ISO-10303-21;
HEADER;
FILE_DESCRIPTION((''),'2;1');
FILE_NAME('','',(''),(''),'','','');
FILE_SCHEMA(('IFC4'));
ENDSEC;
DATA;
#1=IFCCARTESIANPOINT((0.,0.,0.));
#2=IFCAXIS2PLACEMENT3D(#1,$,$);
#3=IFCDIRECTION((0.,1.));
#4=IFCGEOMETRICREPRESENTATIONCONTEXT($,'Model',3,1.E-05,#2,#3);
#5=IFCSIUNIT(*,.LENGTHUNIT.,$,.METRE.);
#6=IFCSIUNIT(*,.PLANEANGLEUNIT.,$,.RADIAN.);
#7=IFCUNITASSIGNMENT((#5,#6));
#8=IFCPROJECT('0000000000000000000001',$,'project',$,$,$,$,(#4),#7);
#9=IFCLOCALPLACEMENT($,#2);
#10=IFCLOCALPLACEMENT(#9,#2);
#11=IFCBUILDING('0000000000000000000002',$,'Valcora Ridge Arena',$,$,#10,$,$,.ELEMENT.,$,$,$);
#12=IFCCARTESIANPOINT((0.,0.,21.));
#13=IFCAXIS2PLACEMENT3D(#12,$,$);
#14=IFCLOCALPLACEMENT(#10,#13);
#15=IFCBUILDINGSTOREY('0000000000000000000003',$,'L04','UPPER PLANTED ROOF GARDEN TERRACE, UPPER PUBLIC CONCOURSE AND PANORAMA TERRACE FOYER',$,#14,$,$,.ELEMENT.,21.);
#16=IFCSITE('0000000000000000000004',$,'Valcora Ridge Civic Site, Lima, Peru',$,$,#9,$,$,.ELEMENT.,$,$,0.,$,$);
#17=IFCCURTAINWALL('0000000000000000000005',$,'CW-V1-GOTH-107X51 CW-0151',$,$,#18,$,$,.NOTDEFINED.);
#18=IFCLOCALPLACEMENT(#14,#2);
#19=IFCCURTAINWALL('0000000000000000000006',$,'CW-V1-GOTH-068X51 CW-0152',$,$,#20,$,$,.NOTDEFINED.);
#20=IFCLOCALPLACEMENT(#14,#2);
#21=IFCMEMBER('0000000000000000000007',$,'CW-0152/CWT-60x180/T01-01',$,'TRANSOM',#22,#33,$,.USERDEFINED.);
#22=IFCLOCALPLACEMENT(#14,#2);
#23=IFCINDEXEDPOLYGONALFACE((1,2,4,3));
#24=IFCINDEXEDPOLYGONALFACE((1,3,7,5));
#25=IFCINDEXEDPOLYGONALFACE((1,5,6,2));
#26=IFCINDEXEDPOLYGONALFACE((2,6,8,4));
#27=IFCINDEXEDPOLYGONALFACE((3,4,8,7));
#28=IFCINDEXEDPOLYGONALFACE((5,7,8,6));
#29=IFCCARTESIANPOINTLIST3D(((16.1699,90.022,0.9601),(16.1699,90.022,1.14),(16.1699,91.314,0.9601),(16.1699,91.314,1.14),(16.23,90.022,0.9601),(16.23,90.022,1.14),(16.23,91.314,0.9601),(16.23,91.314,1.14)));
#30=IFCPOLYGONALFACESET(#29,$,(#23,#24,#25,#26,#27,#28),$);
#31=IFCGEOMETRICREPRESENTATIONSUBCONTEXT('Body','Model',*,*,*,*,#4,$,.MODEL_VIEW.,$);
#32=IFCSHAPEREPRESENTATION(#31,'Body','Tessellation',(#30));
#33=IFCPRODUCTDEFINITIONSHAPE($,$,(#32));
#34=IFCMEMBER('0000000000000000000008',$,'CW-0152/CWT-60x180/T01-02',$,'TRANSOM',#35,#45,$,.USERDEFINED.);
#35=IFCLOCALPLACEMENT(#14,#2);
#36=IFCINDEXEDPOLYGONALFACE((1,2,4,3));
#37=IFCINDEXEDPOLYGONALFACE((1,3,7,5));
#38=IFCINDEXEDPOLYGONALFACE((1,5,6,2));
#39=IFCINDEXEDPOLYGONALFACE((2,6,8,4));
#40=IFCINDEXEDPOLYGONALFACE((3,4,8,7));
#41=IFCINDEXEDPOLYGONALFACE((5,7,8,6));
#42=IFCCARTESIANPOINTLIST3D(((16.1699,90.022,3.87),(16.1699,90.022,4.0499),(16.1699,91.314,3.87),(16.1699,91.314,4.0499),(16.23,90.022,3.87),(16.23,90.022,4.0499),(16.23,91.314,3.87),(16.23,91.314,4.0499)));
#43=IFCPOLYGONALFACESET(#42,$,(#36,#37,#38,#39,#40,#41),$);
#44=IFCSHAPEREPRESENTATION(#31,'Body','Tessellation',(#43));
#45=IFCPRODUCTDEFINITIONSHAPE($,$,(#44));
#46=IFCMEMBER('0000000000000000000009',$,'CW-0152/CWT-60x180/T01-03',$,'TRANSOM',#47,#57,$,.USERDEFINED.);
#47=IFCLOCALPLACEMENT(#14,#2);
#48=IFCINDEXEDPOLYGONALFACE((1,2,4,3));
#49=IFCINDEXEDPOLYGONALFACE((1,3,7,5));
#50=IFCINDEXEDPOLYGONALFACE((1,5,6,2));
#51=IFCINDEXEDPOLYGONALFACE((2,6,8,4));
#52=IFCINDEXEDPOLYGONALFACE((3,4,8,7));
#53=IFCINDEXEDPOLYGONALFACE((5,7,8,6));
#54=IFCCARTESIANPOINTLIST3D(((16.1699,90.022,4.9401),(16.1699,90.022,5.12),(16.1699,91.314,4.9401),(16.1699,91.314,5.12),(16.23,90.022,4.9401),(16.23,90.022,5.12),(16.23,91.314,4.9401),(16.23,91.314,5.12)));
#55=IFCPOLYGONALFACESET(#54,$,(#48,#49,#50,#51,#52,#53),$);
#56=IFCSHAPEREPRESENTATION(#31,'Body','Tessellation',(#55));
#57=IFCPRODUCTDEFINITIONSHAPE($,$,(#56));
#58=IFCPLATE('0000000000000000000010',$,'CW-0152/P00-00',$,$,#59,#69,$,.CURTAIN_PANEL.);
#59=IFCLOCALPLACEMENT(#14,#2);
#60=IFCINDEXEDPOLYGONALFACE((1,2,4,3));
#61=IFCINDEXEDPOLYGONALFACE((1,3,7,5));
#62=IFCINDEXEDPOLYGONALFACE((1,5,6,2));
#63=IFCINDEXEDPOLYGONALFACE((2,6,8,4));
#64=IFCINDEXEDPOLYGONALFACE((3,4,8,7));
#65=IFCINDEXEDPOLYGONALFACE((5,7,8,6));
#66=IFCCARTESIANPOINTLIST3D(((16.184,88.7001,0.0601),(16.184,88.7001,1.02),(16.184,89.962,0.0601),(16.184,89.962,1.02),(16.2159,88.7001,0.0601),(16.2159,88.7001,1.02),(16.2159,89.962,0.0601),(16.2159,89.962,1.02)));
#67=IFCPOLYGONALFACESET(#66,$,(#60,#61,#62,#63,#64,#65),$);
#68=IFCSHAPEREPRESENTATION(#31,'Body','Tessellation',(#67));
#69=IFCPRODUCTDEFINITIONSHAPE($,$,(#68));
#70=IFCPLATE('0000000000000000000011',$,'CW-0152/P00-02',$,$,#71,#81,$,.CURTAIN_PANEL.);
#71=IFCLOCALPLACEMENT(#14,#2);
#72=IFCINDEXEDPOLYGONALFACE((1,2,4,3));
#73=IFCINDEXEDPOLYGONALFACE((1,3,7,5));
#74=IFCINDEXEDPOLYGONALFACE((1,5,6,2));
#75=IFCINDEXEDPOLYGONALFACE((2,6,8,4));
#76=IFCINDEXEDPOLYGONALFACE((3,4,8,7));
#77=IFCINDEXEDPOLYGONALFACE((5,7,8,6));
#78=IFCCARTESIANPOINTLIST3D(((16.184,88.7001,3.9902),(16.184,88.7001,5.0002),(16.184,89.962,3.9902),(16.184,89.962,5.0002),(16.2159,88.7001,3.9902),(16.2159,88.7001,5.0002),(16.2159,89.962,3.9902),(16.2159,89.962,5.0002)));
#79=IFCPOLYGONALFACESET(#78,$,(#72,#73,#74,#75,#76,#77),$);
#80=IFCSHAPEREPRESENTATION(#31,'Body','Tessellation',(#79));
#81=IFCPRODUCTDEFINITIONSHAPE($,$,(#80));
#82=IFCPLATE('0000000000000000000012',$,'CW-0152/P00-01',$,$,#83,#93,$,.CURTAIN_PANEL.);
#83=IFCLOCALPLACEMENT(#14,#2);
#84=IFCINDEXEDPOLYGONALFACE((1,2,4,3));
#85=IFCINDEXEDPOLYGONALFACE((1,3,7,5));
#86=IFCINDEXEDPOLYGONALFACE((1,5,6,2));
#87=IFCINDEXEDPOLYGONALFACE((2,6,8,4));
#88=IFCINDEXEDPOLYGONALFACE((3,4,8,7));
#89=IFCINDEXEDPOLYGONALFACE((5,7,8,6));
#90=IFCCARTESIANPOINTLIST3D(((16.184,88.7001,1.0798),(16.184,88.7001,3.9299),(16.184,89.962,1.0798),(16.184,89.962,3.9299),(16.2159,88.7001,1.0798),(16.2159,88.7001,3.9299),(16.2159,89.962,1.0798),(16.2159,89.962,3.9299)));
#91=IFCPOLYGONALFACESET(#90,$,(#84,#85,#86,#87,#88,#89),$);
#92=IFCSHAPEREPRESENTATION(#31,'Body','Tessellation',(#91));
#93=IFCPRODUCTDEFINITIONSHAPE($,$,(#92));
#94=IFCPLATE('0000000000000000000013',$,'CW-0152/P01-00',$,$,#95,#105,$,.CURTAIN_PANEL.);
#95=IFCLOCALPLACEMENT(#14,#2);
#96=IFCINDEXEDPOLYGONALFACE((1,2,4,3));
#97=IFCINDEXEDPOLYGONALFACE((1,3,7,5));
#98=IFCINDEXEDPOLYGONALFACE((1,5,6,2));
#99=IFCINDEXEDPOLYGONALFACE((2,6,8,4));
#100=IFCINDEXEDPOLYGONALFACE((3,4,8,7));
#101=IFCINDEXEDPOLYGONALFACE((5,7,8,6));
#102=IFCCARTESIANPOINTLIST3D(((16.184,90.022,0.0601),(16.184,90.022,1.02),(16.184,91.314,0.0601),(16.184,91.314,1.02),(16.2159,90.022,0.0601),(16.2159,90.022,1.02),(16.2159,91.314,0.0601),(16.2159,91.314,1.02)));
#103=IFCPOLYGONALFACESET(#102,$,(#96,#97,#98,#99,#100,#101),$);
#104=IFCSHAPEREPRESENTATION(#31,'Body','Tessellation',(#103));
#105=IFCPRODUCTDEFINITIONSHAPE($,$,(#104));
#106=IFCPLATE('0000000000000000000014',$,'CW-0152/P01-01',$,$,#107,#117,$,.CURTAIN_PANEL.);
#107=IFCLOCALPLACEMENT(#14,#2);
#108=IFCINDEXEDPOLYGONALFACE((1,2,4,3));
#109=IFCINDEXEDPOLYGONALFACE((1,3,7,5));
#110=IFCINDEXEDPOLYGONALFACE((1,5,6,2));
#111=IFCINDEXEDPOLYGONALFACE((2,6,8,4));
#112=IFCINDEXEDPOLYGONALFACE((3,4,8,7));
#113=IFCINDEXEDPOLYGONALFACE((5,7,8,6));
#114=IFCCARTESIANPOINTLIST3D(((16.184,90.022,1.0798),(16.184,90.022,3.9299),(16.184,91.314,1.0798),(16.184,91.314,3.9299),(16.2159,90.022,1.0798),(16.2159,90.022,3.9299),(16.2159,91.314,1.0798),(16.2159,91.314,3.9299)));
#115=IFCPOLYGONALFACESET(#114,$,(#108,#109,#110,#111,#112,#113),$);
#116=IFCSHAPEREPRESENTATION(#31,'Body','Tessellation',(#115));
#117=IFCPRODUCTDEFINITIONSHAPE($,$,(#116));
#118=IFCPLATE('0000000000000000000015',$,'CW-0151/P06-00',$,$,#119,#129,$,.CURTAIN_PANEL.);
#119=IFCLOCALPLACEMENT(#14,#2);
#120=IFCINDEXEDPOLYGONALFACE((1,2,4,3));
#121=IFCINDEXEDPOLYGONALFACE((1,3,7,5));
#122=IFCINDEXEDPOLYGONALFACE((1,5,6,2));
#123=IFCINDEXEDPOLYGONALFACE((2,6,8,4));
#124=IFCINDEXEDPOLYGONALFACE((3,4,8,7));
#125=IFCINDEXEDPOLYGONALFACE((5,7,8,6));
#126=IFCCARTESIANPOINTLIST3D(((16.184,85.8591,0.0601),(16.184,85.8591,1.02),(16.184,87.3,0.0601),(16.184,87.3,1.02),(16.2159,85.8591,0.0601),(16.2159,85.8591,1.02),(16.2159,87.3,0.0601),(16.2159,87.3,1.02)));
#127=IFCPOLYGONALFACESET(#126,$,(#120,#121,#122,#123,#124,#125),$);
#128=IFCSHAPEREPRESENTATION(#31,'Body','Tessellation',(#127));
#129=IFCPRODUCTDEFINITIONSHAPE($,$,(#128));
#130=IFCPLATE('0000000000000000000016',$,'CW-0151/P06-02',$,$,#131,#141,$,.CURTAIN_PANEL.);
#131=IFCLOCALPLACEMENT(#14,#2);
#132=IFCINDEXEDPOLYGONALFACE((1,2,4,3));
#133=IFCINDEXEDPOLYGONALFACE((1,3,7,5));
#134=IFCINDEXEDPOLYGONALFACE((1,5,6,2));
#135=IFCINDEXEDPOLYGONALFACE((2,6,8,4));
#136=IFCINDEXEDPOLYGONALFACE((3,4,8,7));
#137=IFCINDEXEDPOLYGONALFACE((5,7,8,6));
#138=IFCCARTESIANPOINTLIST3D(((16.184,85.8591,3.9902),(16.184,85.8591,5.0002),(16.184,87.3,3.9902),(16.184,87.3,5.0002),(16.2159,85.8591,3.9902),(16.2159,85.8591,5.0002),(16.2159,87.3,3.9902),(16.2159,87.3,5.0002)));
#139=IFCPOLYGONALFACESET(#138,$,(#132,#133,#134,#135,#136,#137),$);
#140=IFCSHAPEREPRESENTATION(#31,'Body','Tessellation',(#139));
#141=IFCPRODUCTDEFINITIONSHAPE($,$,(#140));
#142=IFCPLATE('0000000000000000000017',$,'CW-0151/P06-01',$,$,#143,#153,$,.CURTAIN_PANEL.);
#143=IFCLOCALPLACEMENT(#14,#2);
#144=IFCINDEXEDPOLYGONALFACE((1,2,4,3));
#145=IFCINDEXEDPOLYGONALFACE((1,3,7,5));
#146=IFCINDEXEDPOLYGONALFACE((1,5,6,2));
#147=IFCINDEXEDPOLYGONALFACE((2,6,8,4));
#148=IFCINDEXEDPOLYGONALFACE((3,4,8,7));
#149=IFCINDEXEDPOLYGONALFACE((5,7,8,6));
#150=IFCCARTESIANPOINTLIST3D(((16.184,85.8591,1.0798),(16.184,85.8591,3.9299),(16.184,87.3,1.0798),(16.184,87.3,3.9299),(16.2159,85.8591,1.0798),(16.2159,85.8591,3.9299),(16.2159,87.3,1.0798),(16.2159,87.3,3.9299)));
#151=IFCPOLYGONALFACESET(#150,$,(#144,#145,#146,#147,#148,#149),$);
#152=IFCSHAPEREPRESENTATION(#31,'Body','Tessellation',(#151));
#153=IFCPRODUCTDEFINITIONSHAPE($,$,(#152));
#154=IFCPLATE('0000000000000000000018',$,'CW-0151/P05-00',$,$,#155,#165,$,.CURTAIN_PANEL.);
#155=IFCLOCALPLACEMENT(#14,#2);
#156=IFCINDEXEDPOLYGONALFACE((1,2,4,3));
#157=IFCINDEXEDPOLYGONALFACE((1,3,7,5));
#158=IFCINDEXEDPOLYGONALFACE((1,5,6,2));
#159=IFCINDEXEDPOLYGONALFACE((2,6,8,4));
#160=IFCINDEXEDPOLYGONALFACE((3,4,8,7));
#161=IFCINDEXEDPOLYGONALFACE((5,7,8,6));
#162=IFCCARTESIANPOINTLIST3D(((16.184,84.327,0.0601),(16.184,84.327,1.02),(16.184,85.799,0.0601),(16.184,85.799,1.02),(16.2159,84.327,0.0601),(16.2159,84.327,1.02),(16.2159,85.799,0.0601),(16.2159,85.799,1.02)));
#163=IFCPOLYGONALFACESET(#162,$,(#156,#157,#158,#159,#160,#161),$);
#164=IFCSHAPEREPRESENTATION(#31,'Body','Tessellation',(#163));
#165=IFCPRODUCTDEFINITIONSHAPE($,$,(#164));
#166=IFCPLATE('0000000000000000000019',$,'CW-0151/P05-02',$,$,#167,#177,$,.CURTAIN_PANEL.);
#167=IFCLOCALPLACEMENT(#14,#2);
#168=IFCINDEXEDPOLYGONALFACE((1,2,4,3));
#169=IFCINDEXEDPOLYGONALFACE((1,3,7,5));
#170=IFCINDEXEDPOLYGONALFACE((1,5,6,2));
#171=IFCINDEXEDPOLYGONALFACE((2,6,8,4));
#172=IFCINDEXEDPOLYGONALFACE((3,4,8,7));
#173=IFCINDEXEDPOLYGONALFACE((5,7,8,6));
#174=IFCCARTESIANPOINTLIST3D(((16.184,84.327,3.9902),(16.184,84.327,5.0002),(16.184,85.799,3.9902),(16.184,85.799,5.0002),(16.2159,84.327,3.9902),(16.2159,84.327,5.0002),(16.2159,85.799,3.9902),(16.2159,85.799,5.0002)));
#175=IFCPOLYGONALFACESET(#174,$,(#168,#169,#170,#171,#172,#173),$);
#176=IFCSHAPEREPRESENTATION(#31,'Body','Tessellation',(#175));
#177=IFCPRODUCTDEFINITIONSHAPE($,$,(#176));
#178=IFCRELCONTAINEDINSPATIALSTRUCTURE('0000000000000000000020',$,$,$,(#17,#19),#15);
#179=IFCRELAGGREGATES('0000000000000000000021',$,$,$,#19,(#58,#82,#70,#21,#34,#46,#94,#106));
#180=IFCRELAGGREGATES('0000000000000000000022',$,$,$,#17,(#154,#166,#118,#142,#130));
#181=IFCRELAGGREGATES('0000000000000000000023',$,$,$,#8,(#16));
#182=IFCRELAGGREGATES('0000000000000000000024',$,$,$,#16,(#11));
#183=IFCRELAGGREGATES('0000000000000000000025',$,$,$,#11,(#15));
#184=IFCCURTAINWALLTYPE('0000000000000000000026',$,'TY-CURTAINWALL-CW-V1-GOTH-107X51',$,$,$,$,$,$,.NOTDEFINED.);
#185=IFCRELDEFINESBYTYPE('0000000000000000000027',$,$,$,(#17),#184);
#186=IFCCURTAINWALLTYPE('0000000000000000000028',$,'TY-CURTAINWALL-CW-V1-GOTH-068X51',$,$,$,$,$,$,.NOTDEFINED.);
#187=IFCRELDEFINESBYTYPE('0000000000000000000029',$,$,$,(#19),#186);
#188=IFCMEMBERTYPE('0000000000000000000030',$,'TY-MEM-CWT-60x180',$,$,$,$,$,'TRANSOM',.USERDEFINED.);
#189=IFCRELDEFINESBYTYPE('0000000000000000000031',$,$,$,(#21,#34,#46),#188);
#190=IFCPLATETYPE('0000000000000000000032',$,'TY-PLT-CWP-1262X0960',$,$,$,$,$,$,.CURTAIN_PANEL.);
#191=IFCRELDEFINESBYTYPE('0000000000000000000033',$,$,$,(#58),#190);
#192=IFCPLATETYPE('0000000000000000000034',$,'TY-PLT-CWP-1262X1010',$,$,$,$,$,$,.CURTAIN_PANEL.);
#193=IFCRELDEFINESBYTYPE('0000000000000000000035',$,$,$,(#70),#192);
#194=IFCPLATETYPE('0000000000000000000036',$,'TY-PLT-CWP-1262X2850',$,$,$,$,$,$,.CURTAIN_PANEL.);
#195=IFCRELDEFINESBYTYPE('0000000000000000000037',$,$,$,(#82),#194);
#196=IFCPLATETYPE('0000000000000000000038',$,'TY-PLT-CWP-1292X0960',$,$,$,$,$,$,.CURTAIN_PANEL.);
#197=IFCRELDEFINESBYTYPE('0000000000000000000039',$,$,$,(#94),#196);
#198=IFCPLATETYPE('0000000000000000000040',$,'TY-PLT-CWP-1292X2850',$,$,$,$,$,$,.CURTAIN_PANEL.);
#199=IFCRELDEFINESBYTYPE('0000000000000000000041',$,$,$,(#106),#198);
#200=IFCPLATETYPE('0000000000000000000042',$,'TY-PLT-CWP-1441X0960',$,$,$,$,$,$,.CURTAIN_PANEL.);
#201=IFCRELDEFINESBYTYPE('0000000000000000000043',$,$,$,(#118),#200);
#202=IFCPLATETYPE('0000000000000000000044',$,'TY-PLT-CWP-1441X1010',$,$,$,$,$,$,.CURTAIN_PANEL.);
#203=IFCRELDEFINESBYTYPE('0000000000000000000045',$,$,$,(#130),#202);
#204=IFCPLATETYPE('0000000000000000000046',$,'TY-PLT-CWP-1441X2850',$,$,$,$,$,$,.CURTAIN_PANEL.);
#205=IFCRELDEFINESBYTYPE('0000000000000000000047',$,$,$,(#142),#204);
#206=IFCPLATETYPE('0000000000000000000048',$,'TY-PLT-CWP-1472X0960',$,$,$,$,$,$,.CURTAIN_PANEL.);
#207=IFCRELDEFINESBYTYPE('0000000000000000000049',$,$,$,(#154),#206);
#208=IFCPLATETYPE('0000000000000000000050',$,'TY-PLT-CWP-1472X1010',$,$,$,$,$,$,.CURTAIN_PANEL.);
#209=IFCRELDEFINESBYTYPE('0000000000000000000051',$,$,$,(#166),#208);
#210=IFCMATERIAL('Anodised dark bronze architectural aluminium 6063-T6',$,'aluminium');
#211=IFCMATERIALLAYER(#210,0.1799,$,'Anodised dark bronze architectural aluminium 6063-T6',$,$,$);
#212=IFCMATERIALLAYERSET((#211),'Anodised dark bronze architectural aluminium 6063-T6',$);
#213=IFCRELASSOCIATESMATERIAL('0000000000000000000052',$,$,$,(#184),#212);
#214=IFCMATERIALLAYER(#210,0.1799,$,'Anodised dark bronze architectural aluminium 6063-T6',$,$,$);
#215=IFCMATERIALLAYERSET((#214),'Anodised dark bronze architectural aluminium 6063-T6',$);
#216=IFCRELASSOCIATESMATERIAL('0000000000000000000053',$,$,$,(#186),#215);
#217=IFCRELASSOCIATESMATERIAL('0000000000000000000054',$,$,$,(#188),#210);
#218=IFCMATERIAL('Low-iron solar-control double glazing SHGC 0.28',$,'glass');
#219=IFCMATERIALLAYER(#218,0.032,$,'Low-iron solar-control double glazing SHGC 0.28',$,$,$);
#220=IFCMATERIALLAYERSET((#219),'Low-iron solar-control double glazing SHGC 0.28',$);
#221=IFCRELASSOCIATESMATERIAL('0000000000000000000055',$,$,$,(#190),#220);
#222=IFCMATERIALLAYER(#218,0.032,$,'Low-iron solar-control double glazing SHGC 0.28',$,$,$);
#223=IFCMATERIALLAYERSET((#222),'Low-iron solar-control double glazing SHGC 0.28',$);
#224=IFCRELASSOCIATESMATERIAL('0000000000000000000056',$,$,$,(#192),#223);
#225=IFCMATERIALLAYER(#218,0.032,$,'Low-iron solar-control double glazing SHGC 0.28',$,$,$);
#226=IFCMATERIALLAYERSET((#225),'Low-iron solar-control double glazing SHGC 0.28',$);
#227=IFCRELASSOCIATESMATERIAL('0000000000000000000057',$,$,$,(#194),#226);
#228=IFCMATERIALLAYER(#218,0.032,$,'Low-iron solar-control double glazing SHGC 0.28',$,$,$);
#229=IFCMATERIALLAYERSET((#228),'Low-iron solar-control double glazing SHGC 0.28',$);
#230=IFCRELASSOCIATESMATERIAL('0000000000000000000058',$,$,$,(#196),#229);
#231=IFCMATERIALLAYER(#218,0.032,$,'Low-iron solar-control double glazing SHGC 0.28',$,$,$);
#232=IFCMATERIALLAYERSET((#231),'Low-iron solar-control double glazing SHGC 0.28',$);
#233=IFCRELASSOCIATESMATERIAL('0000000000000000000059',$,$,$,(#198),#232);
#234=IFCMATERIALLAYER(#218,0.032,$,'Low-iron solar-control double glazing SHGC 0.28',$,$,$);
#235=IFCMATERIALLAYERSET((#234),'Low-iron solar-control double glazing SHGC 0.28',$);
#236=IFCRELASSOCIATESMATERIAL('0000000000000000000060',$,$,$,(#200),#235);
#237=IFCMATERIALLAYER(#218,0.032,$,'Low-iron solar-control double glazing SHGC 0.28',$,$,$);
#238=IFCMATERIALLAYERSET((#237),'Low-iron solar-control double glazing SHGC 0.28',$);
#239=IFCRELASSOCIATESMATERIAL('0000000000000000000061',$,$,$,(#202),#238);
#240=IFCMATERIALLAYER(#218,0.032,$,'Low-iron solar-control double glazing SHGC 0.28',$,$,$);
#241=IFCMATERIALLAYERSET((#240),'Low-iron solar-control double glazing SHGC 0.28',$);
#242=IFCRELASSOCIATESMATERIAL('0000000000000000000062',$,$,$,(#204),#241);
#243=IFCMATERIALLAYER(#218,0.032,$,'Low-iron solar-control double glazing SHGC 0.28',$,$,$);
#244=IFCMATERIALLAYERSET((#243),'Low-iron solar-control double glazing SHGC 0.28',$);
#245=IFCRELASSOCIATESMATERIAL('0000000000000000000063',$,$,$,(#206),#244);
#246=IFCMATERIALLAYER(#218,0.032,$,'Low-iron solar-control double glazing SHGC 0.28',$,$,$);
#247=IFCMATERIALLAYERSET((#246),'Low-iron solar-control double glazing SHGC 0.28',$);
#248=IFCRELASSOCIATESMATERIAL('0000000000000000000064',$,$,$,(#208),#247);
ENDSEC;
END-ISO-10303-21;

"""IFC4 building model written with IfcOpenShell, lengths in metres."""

from ifc_helpers import new_model, si_unit, direction, frame, origin, origin_2d, place, context, subcontext, project, spatial, rectangle, extrude, material, layer, layer_set, material_profile, profile_set, type_object, element, aggregate, save


model = new_model("IFC4")

# Units and contexts
model_context = context("Model", 3, precision=1e-05, world=origin(), true_north=direction((0.0, 1.0)))
body_context = subcontext(model_context, "Body", "Model", "MODEL_VIEW")
ifc_project = project(units=[si_unit("LENGTHUNIT", "METRE"), si_unit("PLANEANGLEUNIT", "RADIAN")], contexts=[model_context])

# Site, building, storey
site_placement = place(None, origin())
site = spatial("IfcSite", under=ifc_project, at=site_placement, Name="Valcora Ridge Civic Site, Lima, Peru", CompositionType="ELEMENT", RefElevation=0.0)
building_placement = place(site_placement, origin())
building = spatial("IfcBuilding", under=site, at=building_placement, Name="Valcora Ridge Arena", CompositionType="ELEMENT")
storey_placement = place(building_placement, frame((0.0, 0.0, 21.0)))
storey = spatial("IfcBuildingStorey", under=building, at=storey_placement, Name="L04", Description="UPPER PLANTED ROOF GARDEN TERRACE, UPPER PUBLIC CONCOURSE AND PANORAMA TERRACE FOYER", CompositionType="ELEMENT", Elevation=21.0)

# Curtain walls
ifc_material_1 = material(Name="Anodised dark bronze architectural aluminium 6063-T6", Category="aluminium")
ifc_layer_1 = layer(ifc_material_1, 0.1799, Name="Anodised dark bronze architectural aluminium 6063-T6")
ifc_layer_set_1 = layer_set([ifc_layer_1], Name="Anodised dark bronze architectural aluminium 6063-T6")
curtain_wall_type_1 = type_object("IfcCurtainWallType", Name="TY-CURTAINWALL-CW-V1-GOTH-107X51", PredefinedType="NOTDEFINED", material=ifc_layer_set_1)
curtain_wall_1_placement = place(storey_placement, origin())
curtain_wall_1 = element("IfcCurtainWall", 1, at=curtain_wall_1_placement, inside=storey, type_object=curtain_wall_type_1, Name="CW-V1-GOTH-107X51 CW-0151", PredefinedType="NOTDEFINED")
ifc_layer_2 = layer(ifc_material_1, 0.1799, Name="Anodised dark bronze architectural aluminium 6063-T6")
ifc_layer_set_2 = layer_set([ifc_layer_2], Name="Anodised dark bronze architectural aluminium 6063-T6")
curtain_wall_type_2 = type_object("IfcCurtainWallType", Name="TY-CURTAINWALL-CW-V1-GOTH-068X51", PredefinedType="NOTDEFINED", material=ifc_layer_set_2)
curtain_wall_2_placement = place(storey_placement, origin())
curtain_wall_2 = element("IfcCurtainWall", 2, at=curtain_wall_2_placement, inside=storey, type_object=curtain_wall_type_2, Name="CW-V1-GOTH-068X51 CW-0152", PredefinedType="NOTDEFINED")

# Members
ifc_material_profile_1 = material_profile(ifc_material_1, rectangle(XDim=0.0601, YDim=0.1799, at=origin_2d()), Name="ALU TRANSOM 60x180")
ifc_profile_set_1 = profile_set([ifc_material_profile_1], Name="Anodised dark bronze architectural aluminium 6063-T6")
member_type_1 = type_object("IfcMemberType", Name="TY-MEM-CWT-60x180", ElementType="TRANSOM", PredefinedType="USERDEFINED", material=ifc_profile_set_1)
member_1_placement = place(storey_placement, frame((16.2, 90.022, 1.05), z_axis=(0.0, 1.0, 0.0), x_axis=(-1.0, 0.0, 0.0)))
member_1 = element("IfcMember", 3, at=member_1_placement, type_object=member_type_1, Name="CW-0152/CWT-60x180/T01-01", ObjectType="TRANSOM", PredefinedType="USERDEFINED", context=body_context, shape_type="SweptSolid", body=[
    extrude(rectangle(XDim=0.0601, YDim=0.1799, at=origin_2d()), origin(), (0.0, 0.0, 1.0), 1.292),
])
member_2_placement = place(storey_placement, frame((16.2, 90.022, 3.96), z_axis=(0.0, 1.0, 0.0), x_axis=(-1.0, 0.0, 0.0)))
member_2 = element("IfcMember", 4, at=member_2_placement, type_object=member_type_1, Name="CW-0152/CWT-60x180/T01-02", ObjectType="TRANSOM", PredefinedType="USERDEFINED", context=body_context, shape_type="SweptSolid", body=[
    extrude(rectangle(XDim=0.0601, YDim=0.1799, at=origin_2d()), origin(), (0.0, 0.0, 1.0), 1.292),
])
member_3_placement = place(storey_placement, frame((16.2, 90.022, 5.03), z_axis=(0.0, 1.0, 0.0), x_axis=(-1.0, 0.0, 0.0)))
member_3 = element("IfcMember", 5, at=member_3_placement, type_object=member_type_1, Name="CW-0152/CWT-60x180/T01-03", ObjectType="TRANSOM", PredefinedType="USERDEFINED", context=body_context, shape_type="SweptSolid", body=[
    extrude(rectangle(XDim=0.0601, YDim=0.1799, at=origin_2d()), origin(), (0.0, 0.0, 1.0), 1.292),
])

# Plates
ifc_material_2 = material(Name="Low-iron solar-control double glazing SHGC 0.28", Category="glass")
ifc_layer_3 = layer(ifc_material_2, 0.032, Name="Low-iron solar-control double glazing SHGC 0.28")
ifc_layer_set_3 = layer_set([ifc_layer_3], Name="Low-iron solar-control double glazing SHGC 0.28")
plate_type_1 = type_object("IfcPlateType", Name="TY-PLT-CWP-1262X0960", PredefinedType="CURTAIN_PANEL", material=ifc_layer_set_3)
plate_1_placement = place(storey_placement, frame((16.2, 89.3311, 0.0601), z_axis=(0.0, 0.0, 1.0), x_axis=(0.0, 1.0, 0.0)))
plate_1 = element("IfcPlate", 6, at=plate_1_placement, type_object=plate_type_1, Name="CW-0152/P00-00", PredefinedType="CURTAIN_PANEL", context=body_context, shape_type="SweptSolid", body=[
    extrude(rectangle(XDim=1.262, YDim=0.032, at=origin_2d()), origin(), (0.0, 0.0, 1.0), 0.96),
])
ifc_layer_4 = layer(ifc_material_2, 0.032, Name="Low-iron solar-control double glazing SHGC 0.28")
ifc_layer_set_4 = layer_set([ifc_layer_4], Name="Low-iron solar-control double glazing SHGC 0.28")
plate_type_2 = type_object("IfcPlateType", Name="TY-PLT-CWP-1262X1010", PredefinedType="CURTAIN_PANEL", material=ifc_layer_set_4)
plate_2_placement = place(storey_placement, frame((16.2, 89.3311, 3.9902), z_axis=(0.0, 0.0, 1.0), x_axis=(0.0, 1.0, 0.0)))
plate_2 = element("IfcPlate", 7, at=plate_2_placement, type_object=plate_type_2, Name="CW-0152/P00-02", PredefinedType="CURTAIN_PANEL", context=body_context, shape_type="SweptSolid", body=[
    extrude(rectangle(XDim=1.262, YDim=0.032, at=origin_2d()), origin(), (0.0, 0.0, 1.0), 1.01),
])
ifc_layer_5 = layer(ifc_material_2, 0.032, Name="Low-iron solar-control double glazing SHGC 0.28")
ifc_layer_set_5 = layer_set([ifc_layer_5], Name="Low-iron solar-control double glazing SHGC 0.28")
plate_type_3 = type_object("IfcPlateType", Name="TY-PLT-CWP-1262X2850", PredefinedType="CURTAIN_PANEL", material=ifc_layer_set_5)
plate_3_placement = place(storey_placement, frame((16.2, 89.3311, 1.0798), z_axis=(0.0, 0.0, 1.0), x_axis=(0.0, 1.0, 0.0)))
plate_3 = element("IfcPlate", 8, at=plate_3_placement, type_object=plate_type_3, Name="CW-0152/P00-01", PredefinedType="CURTAIN_PANEL", context=body_context, shape_type="SweptSolid", body=[
    extrude(rectangle(XDim=1.262, YDim=0.032, at=origin_2d()), origin(), (0.0, 0.0, 1.0), 2.8501),
])
ifc_layer_6 = layer(ifc_material_2, 0.032, Name="Low-iron solar-control double glazing SHGC 0.28")
ifc_layer_set_6 = layer_set([ifc_layer_6], Name="Low-iron solar-control double glazing SHGC 0.28")
plate_type_4 = type_object("IfcPlateType", Name="TY-PLT-CWP-1292X0960", PredefinedType="CURTAIN_PANEL", material=ifc_layer_set_6)
plate_4_placement = place(storey_placement, frame((16.2, 90.668, 0.0601), z_axis=(0.0, 0.0, 1.0), x_axis=(0.0, 1.0, 0.0)))
plate_4 = element("IfcPlate", 9, at=plate_4_placement, type_object=plate_type_4, Name="CW-0152/P01-00", PredefinedType="CURTAIN_PANEL", context=body_context, shape_type="SweptSolid", body=[
    extrude(rectangle(XDim=1.292, YDim=0.032, at=origin_2d()), origin(), (0.0, 0.0, 1.0), 0.96),
])
ifc_layer_7 = layer(ifc_material_2, 0.032, Name="Low-iron solar-control double glazing SHGC 0.28")
ifc_layer_set_7 = layer_set([ifc_layer_7], Name="Low-iron solar-control double glazing SHGC 0.28")
plate_type_5 = type_object("IfcPlateType", Name="TY-PLT-CWP-1292X2850", PredefinedType="CURTAIN_PANEL", material=ifc_layer_set_7)
plate_5_placement = place(storey_placement, frame((16.2, 90.668, 1.0798), z_axis=(0.0, 0.0, 1.0), x_axis=(0.0, 1.0, 0.0)))
plate_5 = element("IfcPlate", 10, at=plate_5_placement, type_object=plate_type_5, Name="CW-0152/P01-01", PredefinedType="CURTAIN_PANEL", context=body_context, shape_type="SweptSolid", body=[
    extrude(rectangle(XDim=1.292, YDim=0.032, at=origin_2d()), origin(), (0.0, 0.0, 1.0), 2.8501),
])
aggregate(curtain_wall_2, [plate_1, plate_3, plate_2, member_1, member_2, member_3, plate_4, plate_5])
ifc_layer_8 = layer(ifc_material_2, 0.032, Name="Low-iron solar-control double glazing SHGC 0.28")
ifc_layer_set_8 = layer_set([ifc_layer_8], Name="Low-iron solar-control double glazing SHGC 0.28")
plate_type_6 = type_object("IfcPlateType", Name="TY-PLT-CWP-1441X0960", PredefinedType="CURTAIN_PANEL", material=ifc_layer_set_8)
plate_6_placement = place(storey_placement, frame((16.2, 86.5796, 0.0601), z_axis=(0.0, 0.0, 1.0), x_axis=(0.0, 1.0, 0.0)))
plate_6 = element("IfcPlate", 11, at=plate_6_placement, type_object=plate_type_6, Name="CW-0151/P06-00", PredefinedType="CURTAIN_PANEL", context=body_context, shape_type="SweptSolid", body=[
    extrude(rectangle(XDim=1.4409, YDim=0.032, at=origin_2d()), origin(), (0.0, 0.0, 1.0), 0.96),
])
ifc_layer_9 = layer(ifc_material_2, 0.032, Name="Low-iron solar-control double glazing SHGC 0.28")
ifc_layer_set_9 = layer_set([ifc_layer_9], Name="Low-iron solar-control double glazing SHGC 0.28")
plate_type_7 = type_object("IfcPlateType", Name="TY-PLT-CWP-1441X1010", PredefinedType="CURTAIN_PANEL", material=ifc_layer_set_9)
plate_7_placement = place(storey_placement, frame((16.2, 86.5796, 3.9902), z_axis=(0.0, 0.0, 1.0), x_axis=(0.0, 1.0, 0.0)))
plate_7 = element("IfcPlate", 12, at=plate_7_placement, type_object=plate_type_7, Name="CW-0151/P06-02", PredefinedType="CURTAIN_PANEL", context=body_context, shape_type="SweptSolid", body=[
    extrude(rectangle(XDim=1.4409, YDim=0.032, at=origin_2d()), origin(), (0.0, 0.0, 1.0), 1.01),
])
ifc_layer_10 = layer(ifc_material_2, 0.032, Name="Low-iron solar-control double glazing SHGC 0.28")
ifc_layer_set_10 = layer_set([ifc_layer_10], Name="Low-iron solar-control double glazing SHGC 0.28")
plate_type_8 = type_object("IfcPlateType", Name="TY-PLT-CWP-1441X2850", PredefinedType="CURTAIN_PANEL", material=ifc_layer_set_10)
plate_8_placement = place(storey_placement, frame((16.2, 86.5796, 1.0798), z_axis=(0.0, 0.0, 1.0), x_axis=(0.0, 1.0, 0.0)))
plate_8 = element("IfcPlate", 13, at=plate_8_placement, type_object=plate_type_8, Name="CW-0151/P06-01", PredefinedType="CURTAIN_PANEL", context=body_context, shape_type="SweptSolid", body=[
    extrude(rectangle(XDim=1.4409, YDim=0.032, at=origin_2d()), origin(), (0.0, 0.0, 1.0), 2.8501),
])
ifc_layer_11 = layer(ifc_material_2, 0.032, Name="Low-iron solar-control double glazing SHGC 0.28")
ifc_layer_set_11 = layer_set([ifc_layer_11], Name="Low-iron solar-control double glazing SHGC 0.28")
plate_type_9 = type_object("IfcPlateType", Name="TY-PLT-CWP-1472X0960", PredefinedType="CURTAIN_PANEL", material=ifc_layer_set_11)
plate_9_placement = place(storey_placement, frame((16.2, 85.063, 0.0601), z_axis=(0.0, 0.0, 1.0), x_axis=(0.0, 1.0, 0.0)))
plate_9 = element("IfcPlate", 14, at=plate_9_placement, type_object=plate_type_9, Name="CW-0151/P05-00", PredefinedType="CURTAIN_PANEL", context=body_context, shape_type="SweptSolid", body=[
    extrude(rectangle(XDim=1.4719, YDim=0.032, at=origin_2d()), origin(), (0.0, 0.0, 1.0), 0.96),
])
ifc_layer_12 = layer(ifc_material_2, 0.032, Name="Low-iron solar-control double glazing SHGC 0.28")
ifc_layer_set_12 = layer_set([ifc_layer_12], Name="Low-iron solar-control double glazing SHGC 0.28")
plate_type_10 = type_object("IfcPlateType", Name="TY-PLT-CWP-1472X1010", PredefinedType="CURTAIN_PANEL", material=ifc_layer_set_12)
plate_10_placement = place(storey_placement, frame((16.2, 85.063, 3.9902), z_axis=(0.0, 0.0, 1.0), x_axis=(0.0, 1.0, 0.0)))
plate_10 = element("IfcPlate", 15, at=plate_10_placement, type_object=plate_type_10, Name="CW-0151/P05-02", PredefinedType="CURTAIN_PANEL", context=body_context, shape_type="SweptSolid", body=[
    extrude(rectangle(XDim=1.4719, YDim=0.032, at=origin_2d()), origin(), (0.0, 0.0, 1.0), 1.01),
])
aggregate(curtain_wall_1, [plate_9, plate_10, plate_6, plate_8, plate_7])

save(model, "model.ifc")
